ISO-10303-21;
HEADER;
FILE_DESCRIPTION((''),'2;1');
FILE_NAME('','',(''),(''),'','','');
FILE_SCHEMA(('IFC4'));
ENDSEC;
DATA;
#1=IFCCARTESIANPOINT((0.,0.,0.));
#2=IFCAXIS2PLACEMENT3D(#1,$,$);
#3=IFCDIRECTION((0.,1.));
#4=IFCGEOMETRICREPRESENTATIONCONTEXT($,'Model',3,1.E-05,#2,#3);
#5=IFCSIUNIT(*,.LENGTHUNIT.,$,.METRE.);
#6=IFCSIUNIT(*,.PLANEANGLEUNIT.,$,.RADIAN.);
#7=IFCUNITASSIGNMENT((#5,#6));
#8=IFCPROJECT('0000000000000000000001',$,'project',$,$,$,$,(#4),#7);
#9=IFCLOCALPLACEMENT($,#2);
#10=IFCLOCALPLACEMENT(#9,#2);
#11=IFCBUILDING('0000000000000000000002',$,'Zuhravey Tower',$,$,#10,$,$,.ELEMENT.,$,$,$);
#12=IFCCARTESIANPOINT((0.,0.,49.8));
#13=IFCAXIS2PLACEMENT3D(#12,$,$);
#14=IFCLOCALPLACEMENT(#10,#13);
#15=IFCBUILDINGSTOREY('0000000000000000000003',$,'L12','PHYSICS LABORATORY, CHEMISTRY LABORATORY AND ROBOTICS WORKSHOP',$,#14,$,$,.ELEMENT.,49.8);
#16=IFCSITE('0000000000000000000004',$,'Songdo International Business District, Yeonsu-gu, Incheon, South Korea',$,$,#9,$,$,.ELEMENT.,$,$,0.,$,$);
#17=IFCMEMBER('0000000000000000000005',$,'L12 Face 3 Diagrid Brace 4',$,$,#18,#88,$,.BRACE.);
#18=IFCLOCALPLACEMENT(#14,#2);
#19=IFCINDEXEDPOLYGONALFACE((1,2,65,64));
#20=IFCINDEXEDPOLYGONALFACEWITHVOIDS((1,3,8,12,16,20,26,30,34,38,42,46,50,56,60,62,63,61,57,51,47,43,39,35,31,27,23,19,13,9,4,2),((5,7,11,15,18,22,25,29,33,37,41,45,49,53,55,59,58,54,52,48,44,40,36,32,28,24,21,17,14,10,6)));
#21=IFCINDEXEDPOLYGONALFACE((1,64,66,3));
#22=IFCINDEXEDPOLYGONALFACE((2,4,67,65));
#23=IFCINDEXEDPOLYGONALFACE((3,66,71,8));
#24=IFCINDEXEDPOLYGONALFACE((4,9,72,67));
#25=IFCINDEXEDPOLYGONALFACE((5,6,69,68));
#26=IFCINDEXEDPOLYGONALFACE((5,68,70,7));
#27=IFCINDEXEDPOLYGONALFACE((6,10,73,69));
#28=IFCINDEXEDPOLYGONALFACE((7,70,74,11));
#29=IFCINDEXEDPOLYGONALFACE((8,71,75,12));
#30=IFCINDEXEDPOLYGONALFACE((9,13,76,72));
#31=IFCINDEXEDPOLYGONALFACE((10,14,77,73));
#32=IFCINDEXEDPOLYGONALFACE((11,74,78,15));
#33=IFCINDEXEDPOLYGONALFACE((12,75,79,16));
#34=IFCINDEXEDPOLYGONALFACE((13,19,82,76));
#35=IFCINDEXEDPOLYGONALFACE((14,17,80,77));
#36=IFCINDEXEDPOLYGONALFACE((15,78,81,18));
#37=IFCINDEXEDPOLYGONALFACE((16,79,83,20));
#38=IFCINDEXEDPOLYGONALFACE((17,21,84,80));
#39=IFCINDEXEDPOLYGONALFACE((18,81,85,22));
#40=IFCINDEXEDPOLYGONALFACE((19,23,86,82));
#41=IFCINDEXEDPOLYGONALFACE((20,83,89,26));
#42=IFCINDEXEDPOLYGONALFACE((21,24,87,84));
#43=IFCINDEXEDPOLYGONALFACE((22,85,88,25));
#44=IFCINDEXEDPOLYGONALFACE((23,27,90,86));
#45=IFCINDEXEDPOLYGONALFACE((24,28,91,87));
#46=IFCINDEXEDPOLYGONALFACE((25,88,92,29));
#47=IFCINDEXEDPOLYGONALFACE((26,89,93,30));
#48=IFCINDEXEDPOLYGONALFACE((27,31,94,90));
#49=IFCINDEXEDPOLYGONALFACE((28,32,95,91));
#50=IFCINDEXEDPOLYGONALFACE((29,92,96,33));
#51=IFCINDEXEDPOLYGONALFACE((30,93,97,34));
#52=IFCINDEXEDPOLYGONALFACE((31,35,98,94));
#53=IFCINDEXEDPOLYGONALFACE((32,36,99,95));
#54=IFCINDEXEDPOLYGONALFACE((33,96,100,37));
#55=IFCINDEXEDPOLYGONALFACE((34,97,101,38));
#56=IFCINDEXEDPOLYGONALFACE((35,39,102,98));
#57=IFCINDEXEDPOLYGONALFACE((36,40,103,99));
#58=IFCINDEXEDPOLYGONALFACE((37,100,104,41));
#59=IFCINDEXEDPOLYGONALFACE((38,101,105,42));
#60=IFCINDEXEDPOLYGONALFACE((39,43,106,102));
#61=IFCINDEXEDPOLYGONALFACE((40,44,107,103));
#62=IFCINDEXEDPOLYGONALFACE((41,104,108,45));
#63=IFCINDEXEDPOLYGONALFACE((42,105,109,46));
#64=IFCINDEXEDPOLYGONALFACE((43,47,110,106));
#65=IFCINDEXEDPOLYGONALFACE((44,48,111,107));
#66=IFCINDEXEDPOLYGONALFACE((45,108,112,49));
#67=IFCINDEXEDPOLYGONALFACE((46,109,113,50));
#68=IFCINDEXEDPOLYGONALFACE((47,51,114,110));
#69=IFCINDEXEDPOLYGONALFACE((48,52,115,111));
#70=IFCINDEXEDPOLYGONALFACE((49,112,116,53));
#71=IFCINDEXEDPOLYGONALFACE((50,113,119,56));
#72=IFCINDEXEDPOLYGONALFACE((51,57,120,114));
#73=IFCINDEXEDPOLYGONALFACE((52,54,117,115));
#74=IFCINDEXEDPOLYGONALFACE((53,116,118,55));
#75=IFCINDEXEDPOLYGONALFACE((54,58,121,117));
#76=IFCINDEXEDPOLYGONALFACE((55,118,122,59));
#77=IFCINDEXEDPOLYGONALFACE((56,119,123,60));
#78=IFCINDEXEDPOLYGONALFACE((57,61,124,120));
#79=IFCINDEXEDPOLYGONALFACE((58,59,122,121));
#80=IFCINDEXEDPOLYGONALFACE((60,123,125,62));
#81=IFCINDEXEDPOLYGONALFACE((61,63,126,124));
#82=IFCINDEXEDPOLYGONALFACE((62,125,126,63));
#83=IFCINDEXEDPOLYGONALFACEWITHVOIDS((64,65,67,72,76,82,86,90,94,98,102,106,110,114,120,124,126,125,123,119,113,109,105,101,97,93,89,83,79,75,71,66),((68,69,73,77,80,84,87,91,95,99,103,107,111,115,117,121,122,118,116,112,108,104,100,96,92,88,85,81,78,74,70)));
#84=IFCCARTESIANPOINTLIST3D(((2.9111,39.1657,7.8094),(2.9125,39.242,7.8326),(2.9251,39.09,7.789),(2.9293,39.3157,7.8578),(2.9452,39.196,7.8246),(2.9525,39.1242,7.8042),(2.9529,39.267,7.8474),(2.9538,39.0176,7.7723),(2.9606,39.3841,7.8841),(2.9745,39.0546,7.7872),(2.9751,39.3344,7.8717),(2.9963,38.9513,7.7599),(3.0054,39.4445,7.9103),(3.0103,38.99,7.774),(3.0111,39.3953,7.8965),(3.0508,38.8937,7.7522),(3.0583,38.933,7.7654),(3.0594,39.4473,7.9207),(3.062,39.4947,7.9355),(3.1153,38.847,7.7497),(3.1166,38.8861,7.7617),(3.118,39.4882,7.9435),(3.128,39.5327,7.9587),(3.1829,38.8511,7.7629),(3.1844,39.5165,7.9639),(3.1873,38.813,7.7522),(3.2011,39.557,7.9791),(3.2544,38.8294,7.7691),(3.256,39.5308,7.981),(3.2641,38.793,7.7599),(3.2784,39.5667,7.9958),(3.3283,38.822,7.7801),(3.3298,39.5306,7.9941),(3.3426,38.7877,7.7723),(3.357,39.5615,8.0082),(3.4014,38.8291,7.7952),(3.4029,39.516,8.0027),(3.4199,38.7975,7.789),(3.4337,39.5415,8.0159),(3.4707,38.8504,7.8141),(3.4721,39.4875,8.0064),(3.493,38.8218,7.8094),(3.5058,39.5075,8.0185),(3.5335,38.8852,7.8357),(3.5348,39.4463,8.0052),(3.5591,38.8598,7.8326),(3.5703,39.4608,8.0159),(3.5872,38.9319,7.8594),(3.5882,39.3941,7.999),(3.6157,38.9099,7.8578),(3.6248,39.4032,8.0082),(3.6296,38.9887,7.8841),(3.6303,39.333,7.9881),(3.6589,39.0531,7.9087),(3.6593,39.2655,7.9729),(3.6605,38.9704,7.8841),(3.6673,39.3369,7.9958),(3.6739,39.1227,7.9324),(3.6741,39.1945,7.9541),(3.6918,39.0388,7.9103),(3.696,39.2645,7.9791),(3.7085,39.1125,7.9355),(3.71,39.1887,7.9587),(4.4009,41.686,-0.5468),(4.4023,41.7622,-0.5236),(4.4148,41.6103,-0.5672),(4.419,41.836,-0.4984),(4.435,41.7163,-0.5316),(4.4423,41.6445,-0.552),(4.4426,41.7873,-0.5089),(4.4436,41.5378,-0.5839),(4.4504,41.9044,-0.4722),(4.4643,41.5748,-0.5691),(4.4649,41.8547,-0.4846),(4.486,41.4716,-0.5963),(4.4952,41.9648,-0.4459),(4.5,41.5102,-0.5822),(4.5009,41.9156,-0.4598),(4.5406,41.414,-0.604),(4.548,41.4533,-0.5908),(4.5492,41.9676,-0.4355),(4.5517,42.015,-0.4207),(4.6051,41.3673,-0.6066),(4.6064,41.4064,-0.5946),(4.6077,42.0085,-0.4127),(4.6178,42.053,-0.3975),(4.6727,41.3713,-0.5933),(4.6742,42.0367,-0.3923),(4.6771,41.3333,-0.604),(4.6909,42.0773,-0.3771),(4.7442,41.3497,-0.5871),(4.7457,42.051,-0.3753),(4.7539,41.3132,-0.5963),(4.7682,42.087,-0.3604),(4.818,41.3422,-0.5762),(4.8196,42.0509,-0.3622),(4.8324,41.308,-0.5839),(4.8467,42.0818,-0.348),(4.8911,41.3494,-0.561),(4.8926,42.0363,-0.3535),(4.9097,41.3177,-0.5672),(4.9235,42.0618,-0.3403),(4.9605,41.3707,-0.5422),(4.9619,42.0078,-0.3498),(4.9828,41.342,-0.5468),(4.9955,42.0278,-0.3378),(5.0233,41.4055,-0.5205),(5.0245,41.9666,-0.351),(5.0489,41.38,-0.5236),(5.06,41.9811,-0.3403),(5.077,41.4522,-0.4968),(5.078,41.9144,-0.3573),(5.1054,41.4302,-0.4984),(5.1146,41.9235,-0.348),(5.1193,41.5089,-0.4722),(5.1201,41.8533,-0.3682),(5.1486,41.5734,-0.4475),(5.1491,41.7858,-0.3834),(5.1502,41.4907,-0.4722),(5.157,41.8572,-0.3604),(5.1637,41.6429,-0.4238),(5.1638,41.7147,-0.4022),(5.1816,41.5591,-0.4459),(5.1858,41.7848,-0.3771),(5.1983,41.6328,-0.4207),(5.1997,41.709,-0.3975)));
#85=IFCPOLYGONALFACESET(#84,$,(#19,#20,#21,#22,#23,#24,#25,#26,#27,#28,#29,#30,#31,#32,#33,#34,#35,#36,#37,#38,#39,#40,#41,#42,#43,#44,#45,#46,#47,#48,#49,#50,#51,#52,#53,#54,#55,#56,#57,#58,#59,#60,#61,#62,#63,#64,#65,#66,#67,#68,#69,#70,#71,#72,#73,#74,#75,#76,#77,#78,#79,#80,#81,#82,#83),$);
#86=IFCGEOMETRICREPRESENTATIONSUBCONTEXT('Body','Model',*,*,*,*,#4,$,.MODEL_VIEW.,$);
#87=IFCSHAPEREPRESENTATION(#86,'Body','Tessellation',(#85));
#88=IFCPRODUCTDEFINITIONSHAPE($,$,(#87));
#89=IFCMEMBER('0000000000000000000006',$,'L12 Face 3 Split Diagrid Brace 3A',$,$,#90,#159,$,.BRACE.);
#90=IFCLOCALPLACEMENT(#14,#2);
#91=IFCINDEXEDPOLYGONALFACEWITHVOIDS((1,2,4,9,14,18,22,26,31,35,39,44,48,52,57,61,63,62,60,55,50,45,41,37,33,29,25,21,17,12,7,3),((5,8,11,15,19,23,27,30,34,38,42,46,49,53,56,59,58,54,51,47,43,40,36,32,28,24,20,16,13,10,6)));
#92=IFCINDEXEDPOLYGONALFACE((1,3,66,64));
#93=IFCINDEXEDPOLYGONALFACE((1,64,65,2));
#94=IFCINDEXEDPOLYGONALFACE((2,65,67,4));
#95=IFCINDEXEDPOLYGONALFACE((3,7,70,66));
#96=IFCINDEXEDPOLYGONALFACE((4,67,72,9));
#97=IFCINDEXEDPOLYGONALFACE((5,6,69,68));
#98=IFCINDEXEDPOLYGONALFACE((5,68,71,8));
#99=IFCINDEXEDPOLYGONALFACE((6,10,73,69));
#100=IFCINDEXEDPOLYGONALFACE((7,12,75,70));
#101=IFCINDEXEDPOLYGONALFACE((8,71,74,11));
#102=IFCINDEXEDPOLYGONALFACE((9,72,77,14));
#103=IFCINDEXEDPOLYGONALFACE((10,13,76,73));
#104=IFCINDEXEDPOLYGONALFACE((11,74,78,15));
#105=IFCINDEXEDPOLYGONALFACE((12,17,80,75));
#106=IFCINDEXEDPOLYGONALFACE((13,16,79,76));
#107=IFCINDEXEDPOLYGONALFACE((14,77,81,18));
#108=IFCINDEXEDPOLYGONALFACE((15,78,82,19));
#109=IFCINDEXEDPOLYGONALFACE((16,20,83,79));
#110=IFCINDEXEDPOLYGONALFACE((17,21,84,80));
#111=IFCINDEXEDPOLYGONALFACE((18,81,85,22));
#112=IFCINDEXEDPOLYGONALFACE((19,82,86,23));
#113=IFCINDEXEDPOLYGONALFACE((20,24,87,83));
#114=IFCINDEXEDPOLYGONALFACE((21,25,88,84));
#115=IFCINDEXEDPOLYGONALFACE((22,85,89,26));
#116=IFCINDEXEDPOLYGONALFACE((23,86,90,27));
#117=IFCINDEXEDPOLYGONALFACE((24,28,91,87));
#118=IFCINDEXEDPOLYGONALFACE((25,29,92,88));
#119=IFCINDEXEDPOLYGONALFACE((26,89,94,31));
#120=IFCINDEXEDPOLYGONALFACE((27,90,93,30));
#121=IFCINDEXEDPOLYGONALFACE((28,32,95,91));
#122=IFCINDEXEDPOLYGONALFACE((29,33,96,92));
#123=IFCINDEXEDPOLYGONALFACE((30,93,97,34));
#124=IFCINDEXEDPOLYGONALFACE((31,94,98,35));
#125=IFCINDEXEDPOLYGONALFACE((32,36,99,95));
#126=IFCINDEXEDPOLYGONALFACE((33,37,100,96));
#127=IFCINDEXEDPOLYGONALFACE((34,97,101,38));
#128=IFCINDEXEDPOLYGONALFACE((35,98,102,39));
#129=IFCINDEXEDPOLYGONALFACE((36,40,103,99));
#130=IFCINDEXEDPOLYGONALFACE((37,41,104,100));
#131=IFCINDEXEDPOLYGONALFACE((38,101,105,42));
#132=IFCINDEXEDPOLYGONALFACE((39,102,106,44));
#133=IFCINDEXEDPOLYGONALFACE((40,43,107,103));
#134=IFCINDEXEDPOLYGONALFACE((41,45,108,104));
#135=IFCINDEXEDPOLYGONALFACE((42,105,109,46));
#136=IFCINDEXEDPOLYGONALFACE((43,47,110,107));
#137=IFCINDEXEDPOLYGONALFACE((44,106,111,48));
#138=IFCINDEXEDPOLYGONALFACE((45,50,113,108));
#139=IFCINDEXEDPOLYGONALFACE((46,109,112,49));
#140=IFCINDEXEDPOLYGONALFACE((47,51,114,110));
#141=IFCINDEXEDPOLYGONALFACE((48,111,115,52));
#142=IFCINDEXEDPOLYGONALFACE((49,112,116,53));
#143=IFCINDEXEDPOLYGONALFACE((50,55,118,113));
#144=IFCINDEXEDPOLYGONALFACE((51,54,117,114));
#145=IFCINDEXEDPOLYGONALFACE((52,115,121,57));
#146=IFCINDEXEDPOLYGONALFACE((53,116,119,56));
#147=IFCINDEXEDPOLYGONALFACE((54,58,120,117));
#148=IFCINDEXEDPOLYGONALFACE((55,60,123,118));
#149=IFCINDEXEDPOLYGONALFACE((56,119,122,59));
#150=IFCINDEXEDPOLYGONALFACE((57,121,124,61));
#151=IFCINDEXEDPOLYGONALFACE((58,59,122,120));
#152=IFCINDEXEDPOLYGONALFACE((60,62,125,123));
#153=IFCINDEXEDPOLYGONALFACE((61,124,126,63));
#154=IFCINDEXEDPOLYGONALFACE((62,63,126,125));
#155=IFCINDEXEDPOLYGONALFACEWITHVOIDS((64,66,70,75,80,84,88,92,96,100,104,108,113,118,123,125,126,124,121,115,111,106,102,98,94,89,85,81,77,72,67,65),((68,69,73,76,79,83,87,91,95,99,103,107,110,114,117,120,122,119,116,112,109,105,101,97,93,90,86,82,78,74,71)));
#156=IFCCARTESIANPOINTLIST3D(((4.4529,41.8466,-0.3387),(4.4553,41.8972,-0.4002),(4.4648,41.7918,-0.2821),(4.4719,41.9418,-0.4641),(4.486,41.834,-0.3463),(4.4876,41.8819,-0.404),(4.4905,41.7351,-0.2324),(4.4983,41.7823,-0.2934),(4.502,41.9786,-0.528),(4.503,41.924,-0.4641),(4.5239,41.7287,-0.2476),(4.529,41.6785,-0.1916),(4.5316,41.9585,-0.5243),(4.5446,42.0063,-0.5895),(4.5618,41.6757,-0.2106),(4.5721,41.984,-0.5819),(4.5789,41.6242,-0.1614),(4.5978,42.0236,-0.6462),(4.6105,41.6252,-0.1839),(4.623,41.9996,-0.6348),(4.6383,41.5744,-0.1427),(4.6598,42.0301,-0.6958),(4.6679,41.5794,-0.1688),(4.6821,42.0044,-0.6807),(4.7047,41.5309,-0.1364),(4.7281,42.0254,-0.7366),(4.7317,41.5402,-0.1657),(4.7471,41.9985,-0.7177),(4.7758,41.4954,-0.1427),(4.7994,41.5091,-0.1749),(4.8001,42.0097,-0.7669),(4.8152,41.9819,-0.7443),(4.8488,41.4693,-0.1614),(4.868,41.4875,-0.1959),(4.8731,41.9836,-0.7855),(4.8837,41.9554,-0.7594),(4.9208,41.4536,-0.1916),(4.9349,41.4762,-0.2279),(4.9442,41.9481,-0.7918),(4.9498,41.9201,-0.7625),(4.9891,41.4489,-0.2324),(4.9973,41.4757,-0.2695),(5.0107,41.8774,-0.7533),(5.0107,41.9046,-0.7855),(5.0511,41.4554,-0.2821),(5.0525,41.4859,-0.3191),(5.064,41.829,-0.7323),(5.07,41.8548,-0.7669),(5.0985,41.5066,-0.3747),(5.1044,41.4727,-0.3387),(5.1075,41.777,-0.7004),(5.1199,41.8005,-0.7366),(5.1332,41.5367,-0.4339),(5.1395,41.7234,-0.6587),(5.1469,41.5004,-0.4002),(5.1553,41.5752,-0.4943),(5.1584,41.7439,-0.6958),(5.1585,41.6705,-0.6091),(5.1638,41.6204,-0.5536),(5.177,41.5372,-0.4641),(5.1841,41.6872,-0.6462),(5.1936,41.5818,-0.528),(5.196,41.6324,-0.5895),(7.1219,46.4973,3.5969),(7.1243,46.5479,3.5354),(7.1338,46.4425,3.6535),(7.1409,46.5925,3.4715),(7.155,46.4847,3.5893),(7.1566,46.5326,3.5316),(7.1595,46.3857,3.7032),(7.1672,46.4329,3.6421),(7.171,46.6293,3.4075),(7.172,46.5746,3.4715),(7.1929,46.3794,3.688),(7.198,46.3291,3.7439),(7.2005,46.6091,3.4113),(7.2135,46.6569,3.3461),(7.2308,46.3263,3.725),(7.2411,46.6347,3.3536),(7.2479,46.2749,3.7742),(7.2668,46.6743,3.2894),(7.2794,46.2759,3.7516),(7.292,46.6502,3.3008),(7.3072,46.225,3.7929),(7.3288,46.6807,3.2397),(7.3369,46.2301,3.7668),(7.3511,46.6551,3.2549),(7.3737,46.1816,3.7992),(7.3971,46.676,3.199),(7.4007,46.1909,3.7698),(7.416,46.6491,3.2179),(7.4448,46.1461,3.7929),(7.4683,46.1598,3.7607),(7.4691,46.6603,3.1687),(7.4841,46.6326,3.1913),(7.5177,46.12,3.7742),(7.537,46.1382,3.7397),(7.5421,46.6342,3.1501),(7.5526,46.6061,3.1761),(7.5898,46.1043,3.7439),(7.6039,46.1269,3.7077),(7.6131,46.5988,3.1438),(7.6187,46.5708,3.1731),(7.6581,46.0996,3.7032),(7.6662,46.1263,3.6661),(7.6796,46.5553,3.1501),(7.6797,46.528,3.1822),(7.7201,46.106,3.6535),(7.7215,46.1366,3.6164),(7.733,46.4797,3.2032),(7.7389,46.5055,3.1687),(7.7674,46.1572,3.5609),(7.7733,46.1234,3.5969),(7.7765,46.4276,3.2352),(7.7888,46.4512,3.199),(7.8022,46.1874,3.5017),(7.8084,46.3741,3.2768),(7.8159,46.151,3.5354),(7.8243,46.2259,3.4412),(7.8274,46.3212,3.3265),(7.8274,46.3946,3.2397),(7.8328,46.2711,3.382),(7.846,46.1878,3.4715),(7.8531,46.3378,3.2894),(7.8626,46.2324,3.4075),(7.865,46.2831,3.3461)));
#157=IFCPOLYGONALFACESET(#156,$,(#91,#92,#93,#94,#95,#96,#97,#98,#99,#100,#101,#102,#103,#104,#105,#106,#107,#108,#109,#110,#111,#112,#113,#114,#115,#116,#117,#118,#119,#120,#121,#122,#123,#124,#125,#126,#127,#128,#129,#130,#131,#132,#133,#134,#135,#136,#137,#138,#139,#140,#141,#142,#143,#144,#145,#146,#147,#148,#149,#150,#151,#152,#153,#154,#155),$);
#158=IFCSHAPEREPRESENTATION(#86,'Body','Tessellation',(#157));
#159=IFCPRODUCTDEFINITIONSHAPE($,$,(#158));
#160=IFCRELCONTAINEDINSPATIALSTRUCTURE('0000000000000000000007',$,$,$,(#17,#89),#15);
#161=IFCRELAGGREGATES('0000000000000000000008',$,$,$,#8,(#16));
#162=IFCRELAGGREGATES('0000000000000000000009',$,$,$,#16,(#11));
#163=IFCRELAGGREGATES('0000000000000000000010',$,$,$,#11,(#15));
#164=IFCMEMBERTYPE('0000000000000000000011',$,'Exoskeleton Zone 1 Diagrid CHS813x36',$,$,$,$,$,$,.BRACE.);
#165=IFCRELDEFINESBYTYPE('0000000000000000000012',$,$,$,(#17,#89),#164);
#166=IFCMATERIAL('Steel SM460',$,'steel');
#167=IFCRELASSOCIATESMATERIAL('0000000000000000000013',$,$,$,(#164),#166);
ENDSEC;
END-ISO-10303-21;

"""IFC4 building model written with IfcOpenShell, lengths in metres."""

from ifc_helpers import new_model, si_unit, direction, frame, origin, origin_2d, place, context, subcontext, project, spatial, hollow_circle, extrude, material, material_profile, profile_set, type_object, element, save


model = new_model("IFC4")

# Units and contexts
model_context = context("Model", 3, precision=1e-05, world=origin(), true_north=direction((0.0, 1.0)))
body_context = subcontext(model_context, "Body", "Model", "MODEL_VIEW")
ifc_project = project(units=[si_unit("LENGTHUNIT", "METRE"), si_unit("PLANEANGLEUNIT", "RADIAN")], contexts=[model_context])

# Site, building, storey
site_placement = place(None, origin())
site = spatial("IfcSite", under=ifc_project, at=site_placement, Name="Songdo International Business District, Yeonsu-gu, Incheon, South Korea", CompositionType="ELEMENT", RefElevation=0.0)
building_placement = place(site_placement, origin())
building = spatial("IfcBuilding", under=site, at=building_placement, Name="Zuhravey Tower", CompositionType="ELEMENT")
storey_placement = place(building_placement, frame((0.0, 0.0, 49.8)))
storey = spatial("IfcBuildingStorey", under=building, at=storey_placement, Name="L12", Description="PHYSICS LABORATORY, CHEMISTRY LABORATORY AND ROBOTICS WORKSHOP", CompositionType="ELEMENT", Elevation=49.8)

# Members
ifc_material_1 = material(Name="Steel SM460", Category="steel")
ifc_material_profile_1 = material_profile(ifc_material_1, hollow_circle(Radius=0.4065, WallThickness=0.0359, at=origin_2d()), Name="CHS-812.8x36")
ifc_profile_set_1 = profile_set([ifc_material_profile_1], Name="Steel SM460")
member_type_1 = type_object("IfcMemberType", Name="Exoskeleton Zone 1 Diagrid CHS813x36", PredefinedType="BRACE", material=ifc_profile_set_1)
member_1_placement = place(storey_placement, frame((4.8003, 41.6975, -0.4722), z_axis=(-0.168253, -0.28464, 0.943754), x_axis=(0.860852, -0.508856, 0.0)))
element("IfcMember", 1, at=member_1_placement, inside=storey, type_object=member_type_1, Name="L12 Face 3 Diagrid Brace 4", PredefinedType="BRACE", context=body_context, shape_type="SweptSolid", body=[
    extrude(hollow_circle(Radius=0.4065, WallThickness=0.0359, at=origin_2d()), origin(), (0.0, 0.0, 1.0), 8.8542),
])
member_2_placement = place(storey_placement, frame((4.8245, 41.7395, -0.4641), z_axis=(0.401265, 0.699204, 0.591693), x_axis=(-0.867323, 0.497746, 0.0)))
element("IfcMember", 2, at=member_2_placement, inside=storey, type_object=member_type_1, Name="L12 Face 3 Split Diagrid Brace 3A", PredefinedType="BRACE", context=body_context, shape_type="SweptSolid", body=[
    extrude(hollow_circle(Radius=0.4065, WallThickness=0.0359, at=origin_2d()), origin(), (0.0, 0.0, 1.0), 6.6514),
])

save(model, "model.ifc")
